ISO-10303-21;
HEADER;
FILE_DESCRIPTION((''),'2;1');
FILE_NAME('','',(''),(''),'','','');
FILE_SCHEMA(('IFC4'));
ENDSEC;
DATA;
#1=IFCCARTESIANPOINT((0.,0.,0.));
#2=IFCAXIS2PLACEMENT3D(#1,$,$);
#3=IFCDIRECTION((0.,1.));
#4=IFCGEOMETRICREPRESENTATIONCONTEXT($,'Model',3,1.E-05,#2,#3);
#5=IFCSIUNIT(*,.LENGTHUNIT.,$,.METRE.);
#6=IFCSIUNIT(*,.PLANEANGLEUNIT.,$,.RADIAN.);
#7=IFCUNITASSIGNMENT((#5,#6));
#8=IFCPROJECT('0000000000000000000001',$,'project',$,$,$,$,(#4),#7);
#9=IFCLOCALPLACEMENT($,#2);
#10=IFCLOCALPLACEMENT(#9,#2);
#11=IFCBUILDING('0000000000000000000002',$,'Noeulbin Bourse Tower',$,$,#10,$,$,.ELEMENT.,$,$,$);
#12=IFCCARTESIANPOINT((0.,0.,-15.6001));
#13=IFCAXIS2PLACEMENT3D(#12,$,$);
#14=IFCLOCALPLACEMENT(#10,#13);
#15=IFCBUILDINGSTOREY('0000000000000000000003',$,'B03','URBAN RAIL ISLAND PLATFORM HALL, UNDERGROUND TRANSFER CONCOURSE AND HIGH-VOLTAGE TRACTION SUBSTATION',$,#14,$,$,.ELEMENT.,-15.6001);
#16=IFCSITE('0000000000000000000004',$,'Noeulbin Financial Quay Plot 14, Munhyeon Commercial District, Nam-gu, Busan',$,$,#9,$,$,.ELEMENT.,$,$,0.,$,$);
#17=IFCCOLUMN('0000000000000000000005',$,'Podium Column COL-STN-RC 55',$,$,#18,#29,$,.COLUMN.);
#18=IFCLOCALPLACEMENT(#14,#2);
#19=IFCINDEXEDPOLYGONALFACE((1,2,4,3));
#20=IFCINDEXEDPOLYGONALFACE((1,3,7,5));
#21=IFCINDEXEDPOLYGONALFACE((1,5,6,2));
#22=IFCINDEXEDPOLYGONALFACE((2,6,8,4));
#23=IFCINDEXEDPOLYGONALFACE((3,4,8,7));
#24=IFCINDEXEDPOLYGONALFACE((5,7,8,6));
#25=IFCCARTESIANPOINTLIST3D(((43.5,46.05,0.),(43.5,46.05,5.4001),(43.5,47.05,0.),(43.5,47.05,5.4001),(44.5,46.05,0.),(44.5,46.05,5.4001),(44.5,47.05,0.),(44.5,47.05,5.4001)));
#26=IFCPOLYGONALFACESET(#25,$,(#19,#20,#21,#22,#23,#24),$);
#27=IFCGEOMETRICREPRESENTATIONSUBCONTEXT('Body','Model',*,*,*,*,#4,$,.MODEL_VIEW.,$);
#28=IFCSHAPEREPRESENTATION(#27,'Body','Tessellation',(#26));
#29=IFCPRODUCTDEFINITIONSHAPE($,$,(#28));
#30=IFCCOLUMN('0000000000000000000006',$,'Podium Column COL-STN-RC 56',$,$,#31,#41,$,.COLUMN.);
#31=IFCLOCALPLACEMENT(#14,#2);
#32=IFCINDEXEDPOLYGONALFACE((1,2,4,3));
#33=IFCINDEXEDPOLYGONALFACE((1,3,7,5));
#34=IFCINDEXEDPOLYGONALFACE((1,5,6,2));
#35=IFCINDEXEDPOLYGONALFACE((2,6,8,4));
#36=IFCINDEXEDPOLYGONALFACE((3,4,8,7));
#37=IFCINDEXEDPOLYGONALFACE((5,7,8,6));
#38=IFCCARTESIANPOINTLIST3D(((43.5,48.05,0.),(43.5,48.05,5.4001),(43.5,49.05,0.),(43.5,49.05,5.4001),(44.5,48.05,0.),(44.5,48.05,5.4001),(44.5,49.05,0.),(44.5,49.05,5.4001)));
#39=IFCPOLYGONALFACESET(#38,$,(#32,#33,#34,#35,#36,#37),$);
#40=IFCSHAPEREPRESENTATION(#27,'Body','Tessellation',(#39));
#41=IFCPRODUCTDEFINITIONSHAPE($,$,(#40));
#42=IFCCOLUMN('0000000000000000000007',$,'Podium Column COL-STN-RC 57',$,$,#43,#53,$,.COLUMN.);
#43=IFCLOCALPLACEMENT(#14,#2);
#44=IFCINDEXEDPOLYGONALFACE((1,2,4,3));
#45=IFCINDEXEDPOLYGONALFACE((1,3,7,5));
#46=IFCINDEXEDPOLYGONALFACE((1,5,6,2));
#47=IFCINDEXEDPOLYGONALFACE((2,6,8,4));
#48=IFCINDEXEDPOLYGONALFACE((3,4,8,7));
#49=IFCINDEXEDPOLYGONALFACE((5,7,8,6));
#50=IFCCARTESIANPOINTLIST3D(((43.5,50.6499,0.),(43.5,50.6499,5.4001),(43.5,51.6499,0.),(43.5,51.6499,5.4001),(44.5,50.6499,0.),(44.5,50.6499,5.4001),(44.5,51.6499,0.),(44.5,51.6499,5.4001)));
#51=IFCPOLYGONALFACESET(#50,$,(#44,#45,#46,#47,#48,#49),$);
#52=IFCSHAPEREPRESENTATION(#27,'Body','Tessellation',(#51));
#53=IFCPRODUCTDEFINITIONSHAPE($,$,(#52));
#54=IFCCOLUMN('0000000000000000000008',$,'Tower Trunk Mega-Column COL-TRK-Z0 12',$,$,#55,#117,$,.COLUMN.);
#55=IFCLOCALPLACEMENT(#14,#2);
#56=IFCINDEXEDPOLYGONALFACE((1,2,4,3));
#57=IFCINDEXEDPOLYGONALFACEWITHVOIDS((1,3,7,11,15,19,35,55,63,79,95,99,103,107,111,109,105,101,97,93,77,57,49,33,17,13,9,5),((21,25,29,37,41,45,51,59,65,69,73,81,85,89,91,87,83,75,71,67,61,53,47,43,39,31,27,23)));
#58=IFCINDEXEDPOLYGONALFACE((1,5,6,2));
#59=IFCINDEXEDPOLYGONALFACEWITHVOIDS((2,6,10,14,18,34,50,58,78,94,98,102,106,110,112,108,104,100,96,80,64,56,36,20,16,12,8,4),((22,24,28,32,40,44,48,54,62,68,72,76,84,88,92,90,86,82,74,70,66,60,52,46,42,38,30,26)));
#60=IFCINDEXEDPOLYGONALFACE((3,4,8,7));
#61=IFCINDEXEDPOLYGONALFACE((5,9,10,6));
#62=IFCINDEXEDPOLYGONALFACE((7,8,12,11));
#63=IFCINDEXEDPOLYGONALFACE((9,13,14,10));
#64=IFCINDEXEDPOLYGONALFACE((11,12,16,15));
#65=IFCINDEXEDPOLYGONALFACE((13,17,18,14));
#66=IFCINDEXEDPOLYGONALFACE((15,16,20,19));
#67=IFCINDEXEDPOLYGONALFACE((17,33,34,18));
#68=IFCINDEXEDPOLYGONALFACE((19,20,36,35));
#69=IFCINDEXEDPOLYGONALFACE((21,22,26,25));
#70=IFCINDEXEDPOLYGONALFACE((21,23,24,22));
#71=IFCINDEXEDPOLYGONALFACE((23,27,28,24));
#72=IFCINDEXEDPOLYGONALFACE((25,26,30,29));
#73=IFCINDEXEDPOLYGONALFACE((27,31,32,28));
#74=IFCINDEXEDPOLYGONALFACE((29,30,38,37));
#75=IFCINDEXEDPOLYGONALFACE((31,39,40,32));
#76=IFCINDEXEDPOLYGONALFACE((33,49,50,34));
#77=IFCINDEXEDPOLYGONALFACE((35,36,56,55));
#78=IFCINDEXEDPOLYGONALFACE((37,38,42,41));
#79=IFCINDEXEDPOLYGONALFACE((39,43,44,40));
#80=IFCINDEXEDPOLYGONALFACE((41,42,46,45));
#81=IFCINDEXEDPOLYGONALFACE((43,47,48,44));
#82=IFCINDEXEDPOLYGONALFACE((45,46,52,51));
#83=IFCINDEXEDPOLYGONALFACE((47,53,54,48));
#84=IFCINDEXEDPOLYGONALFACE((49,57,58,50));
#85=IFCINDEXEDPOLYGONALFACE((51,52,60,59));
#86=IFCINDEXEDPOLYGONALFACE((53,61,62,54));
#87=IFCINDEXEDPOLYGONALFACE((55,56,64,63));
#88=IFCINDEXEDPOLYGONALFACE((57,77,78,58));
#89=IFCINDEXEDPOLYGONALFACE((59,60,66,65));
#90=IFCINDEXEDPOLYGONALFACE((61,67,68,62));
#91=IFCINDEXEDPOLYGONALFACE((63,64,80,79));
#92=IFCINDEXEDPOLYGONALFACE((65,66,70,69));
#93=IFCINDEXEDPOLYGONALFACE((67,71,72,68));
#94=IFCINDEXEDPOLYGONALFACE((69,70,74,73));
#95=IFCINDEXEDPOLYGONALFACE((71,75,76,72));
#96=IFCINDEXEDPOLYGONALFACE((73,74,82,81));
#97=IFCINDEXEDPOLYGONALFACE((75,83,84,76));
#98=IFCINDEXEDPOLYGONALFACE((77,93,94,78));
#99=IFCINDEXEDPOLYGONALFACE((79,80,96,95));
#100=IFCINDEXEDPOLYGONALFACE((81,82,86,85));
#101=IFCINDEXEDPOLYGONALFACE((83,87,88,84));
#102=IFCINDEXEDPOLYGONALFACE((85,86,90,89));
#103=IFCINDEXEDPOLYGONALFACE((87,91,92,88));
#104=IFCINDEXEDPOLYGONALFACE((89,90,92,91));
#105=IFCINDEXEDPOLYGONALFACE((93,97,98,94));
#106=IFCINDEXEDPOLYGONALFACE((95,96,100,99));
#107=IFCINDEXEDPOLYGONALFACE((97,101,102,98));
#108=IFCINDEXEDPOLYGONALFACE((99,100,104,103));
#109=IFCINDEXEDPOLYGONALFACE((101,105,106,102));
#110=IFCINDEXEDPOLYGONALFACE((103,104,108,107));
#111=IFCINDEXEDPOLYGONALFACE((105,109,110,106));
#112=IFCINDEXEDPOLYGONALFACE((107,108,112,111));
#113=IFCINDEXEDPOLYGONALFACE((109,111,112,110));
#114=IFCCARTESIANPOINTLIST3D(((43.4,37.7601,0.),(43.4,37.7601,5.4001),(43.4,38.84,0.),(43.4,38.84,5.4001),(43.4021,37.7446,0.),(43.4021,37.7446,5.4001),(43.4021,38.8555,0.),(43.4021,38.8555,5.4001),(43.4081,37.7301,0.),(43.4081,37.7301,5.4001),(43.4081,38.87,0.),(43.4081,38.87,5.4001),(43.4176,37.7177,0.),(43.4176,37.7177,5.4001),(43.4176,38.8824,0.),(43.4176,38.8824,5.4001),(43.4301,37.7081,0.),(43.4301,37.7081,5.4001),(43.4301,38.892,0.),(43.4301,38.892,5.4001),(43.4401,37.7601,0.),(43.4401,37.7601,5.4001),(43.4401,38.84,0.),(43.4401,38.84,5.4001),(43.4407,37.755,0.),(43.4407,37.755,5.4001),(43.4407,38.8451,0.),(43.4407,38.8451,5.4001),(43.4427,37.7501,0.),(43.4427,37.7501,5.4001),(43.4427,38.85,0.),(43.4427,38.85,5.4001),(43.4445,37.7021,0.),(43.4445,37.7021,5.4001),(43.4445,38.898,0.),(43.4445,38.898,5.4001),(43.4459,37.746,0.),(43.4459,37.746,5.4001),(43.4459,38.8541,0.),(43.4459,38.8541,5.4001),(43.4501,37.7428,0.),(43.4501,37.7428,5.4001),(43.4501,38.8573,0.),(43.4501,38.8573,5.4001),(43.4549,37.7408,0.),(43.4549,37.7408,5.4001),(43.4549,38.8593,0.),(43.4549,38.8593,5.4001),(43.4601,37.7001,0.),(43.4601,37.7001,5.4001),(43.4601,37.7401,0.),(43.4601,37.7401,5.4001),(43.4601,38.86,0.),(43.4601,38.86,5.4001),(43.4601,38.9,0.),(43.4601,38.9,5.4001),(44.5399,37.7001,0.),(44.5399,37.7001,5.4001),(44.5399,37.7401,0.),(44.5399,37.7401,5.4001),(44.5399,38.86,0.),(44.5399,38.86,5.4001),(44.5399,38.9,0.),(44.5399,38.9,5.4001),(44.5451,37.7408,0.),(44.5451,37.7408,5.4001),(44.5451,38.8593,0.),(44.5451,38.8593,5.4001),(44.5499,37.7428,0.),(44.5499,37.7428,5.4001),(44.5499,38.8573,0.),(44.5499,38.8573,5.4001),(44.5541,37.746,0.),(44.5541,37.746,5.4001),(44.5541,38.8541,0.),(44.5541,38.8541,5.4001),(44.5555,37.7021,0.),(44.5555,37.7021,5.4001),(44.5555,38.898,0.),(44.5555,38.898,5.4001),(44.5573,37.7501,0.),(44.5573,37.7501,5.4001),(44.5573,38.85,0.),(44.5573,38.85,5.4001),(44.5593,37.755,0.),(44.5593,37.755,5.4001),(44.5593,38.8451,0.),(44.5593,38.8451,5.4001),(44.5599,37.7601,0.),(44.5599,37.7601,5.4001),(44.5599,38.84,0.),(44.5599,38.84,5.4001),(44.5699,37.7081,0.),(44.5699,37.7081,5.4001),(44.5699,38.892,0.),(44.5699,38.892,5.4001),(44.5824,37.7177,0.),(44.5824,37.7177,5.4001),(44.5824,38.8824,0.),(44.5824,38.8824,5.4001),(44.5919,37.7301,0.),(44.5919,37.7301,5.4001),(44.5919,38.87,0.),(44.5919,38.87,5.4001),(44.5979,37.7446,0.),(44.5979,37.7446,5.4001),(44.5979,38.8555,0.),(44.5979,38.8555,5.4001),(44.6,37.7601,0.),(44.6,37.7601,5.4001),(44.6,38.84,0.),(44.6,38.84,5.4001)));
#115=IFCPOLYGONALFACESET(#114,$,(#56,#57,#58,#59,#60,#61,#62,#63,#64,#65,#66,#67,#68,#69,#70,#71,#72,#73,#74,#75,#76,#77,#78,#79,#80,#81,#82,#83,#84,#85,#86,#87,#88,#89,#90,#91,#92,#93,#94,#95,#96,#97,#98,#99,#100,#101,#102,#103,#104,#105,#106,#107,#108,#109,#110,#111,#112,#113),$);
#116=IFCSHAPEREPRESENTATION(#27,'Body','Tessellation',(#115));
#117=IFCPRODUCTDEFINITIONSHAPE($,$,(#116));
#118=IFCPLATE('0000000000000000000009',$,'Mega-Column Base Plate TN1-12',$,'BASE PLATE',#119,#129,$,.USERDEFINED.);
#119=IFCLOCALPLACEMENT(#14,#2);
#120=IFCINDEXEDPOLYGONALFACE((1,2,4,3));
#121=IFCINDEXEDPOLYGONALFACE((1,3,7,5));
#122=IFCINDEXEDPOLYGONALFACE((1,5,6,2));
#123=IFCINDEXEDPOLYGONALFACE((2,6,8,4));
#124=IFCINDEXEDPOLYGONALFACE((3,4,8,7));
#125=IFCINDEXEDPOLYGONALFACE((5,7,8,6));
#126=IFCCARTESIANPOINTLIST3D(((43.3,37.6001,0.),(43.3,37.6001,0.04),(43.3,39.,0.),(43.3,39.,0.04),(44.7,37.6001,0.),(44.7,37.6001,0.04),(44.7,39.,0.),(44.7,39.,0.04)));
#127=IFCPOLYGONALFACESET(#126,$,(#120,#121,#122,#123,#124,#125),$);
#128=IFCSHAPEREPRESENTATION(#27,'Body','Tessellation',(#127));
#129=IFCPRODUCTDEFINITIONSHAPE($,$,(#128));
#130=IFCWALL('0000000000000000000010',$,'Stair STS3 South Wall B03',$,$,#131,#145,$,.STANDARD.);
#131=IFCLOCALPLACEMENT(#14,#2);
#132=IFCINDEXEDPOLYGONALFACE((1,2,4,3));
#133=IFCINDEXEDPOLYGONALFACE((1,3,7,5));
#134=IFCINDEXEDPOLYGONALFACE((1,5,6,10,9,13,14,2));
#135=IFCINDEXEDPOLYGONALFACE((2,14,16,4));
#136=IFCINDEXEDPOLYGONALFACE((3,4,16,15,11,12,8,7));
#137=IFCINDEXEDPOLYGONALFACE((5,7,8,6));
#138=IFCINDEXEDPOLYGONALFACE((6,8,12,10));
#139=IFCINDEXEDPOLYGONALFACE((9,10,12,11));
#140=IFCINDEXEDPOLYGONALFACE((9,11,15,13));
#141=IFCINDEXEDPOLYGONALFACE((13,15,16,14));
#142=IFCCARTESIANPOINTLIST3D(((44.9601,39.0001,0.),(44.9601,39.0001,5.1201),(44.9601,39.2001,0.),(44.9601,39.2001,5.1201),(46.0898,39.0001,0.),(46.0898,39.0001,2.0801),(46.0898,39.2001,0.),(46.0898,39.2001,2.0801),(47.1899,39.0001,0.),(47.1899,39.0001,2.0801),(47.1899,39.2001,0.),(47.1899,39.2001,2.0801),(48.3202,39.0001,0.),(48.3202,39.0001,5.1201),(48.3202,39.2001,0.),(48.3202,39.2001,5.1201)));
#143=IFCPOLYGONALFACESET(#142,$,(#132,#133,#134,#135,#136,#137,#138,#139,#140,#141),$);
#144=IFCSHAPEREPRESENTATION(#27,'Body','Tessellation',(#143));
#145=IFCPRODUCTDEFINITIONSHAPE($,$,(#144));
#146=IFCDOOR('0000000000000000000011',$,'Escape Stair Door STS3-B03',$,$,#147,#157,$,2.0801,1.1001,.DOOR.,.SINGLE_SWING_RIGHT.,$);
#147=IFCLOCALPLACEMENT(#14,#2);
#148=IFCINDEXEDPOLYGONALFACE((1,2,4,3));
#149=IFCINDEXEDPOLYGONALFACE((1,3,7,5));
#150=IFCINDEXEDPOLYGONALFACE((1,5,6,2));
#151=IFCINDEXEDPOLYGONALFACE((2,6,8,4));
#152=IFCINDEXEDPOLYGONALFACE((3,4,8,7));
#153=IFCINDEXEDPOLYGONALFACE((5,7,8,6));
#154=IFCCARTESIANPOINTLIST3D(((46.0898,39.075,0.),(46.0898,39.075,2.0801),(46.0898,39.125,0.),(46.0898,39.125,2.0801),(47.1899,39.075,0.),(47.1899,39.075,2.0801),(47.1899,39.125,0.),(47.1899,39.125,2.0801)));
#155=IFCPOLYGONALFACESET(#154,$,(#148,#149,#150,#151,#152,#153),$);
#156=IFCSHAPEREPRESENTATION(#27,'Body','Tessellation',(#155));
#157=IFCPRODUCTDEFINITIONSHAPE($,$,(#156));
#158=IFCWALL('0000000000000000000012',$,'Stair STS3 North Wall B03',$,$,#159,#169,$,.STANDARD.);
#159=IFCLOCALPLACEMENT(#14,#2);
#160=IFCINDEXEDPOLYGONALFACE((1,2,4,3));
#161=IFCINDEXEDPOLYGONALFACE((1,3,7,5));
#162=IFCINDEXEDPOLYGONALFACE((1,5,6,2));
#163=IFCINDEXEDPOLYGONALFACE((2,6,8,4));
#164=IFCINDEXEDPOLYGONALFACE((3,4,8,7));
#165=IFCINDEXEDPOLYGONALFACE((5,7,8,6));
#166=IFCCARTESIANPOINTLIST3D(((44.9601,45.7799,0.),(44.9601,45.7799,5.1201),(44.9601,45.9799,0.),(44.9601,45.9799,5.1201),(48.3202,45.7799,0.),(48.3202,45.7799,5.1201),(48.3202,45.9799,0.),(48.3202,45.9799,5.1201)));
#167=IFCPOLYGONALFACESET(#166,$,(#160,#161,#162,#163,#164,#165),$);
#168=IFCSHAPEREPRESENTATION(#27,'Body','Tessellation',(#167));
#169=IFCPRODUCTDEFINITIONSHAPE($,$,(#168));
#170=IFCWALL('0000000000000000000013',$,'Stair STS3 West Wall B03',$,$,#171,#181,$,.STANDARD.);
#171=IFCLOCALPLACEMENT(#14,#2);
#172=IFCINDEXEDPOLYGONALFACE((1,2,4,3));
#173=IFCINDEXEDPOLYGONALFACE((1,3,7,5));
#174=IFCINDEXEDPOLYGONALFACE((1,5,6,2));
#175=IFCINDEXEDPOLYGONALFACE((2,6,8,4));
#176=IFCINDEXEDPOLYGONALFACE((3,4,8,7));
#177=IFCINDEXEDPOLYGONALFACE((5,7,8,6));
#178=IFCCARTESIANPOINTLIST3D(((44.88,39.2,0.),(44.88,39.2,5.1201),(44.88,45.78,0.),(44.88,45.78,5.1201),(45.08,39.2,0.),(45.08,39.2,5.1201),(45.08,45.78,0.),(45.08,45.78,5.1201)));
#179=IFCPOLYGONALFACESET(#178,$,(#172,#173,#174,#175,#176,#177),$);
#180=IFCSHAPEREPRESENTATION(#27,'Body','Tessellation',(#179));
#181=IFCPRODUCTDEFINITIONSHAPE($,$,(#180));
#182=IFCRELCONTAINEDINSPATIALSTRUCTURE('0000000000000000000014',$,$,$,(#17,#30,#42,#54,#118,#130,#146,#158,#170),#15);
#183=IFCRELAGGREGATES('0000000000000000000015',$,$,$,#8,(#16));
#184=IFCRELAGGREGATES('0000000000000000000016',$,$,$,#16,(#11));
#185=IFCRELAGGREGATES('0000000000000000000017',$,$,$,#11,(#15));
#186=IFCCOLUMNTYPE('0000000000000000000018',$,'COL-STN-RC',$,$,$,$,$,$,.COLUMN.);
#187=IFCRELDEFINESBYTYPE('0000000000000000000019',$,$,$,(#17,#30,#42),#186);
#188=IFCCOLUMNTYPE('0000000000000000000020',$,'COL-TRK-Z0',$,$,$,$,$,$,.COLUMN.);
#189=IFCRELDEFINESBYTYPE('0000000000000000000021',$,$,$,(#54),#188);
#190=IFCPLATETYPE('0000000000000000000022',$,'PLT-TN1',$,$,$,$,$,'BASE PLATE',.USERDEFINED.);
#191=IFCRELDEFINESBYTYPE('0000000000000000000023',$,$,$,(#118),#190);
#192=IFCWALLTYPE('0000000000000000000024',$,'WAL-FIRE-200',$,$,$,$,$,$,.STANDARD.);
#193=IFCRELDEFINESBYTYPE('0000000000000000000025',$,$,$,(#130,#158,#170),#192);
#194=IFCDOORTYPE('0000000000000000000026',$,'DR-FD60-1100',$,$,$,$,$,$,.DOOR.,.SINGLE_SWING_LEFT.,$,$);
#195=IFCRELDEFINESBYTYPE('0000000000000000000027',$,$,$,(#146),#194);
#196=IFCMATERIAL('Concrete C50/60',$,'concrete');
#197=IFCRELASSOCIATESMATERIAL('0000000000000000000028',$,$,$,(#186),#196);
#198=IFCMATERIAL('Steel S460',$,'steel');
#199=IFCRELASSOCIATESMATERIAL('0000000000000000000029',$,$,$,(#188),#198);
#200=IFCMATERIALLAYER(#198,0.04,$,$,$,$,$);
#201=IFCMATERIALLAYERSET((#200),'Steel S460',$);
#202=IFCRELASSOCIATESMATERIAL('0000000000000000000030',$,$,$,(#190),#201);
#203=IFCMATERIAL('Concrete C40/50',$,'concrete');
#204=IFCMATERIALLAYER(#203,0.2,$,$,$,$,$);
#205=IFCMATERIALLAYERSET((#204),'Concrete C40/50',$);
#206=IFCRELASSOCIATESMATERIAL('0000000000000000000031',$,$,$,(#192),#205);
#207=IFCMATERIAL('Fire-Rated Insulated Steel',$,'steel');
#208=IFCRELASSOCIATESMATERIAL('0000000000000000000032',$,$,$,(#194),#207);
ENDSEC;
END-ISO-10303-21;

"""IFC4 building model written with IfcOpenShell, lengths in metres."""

from ifc_helpers import new_model, si_unit, direction, frame, frame_2d, origin, origin_2d, place, context, subcontext, project, spatial, rectangle, hollow_rectangle, extrude, material, layer, layer_set, material_profile, profile_set, type_object, element, fill, save


model = new_model("IFC4")

# Units and contexts
model_context = context("Model", 3, precision=1e-05, world=origin(), true_north=direction((0.0, 1.0)))
body_context = subcontext(model_context, "Body", "Model", "MODEL_VIEW")
ifc_project = project(units=[si_unit("LENGTHUNIT", "METRE"), si_unit("PLANEANGLEUNIT", "RADIAN")], contexts=[model_context])

# Site, building, storey
site_placement = place(None, origin())
site = spatial("IfcSite", under=ifc_project, at=site_placement, Name="Noeulbin Financial Quay Plot 14, Munhyeon Commercial District, Nam-gu, Busan", CompositionType="ELEMENT", RefElevation=0.0)
building_placement = place(site_placement, origin())
building = spatial("IfcBuilding", under=site, at=building_placement, Name="Noeulbin Bourse Tower", CompositionType="ELEMENT")
storey_placement = place(building_placement, frame((0.0, 0.0, -15.6001)))
storey = spatial("IfcBuildingStorey", under=building, at=storey_placement, Name="B03", Description="URBAN RAIL ISLAND PLATFORM HALL, UNDERGROUND TRANSFER CONCOURSE AND HIGH-VOLTAGE TRACTION SUBSTATION", CompositionType="ELEMENT", Elevation=-15.6001)

# Shared definitions
ifc_material_1 = material(Name="Concrete C50/60", Category="concrete")

# Columns
ifc_material_profile_1 = material_profile(ifc_material_1, rectangle(XDim=1.0, YDim=1.0, at=origin_2d()), Name="RC-COL-1000x1000", Category="LoadBearing")
ifc_profile_set_1 = profile_set([ifc_material_profile_1], Name="Concrete C50/60")
column_type_1 = type_object("IfcColumnType", Name="COL-STN-RC", PredefinedType="COLUMN", material=ifc_profile_set_1)
for number, where, z_axis, x_axis, name in (
    (1, (44.0, 46.55, 0.0), (0.0, 0.0, 1.0), (1.0, 0.0, 0.0), "Podium Column COL-STN-RC 55"),
    (2, (44.0, 48.55, 0.0), (0.0, 0.0, 1.0), (1.0, 0.0, 0.0), "Podium Column COL-STN-RC 56"),
    (3, (44.0, 51.1499, 0.0), (0.0, 0.0, 1.0), (1.0, 0.0, 0.0), "Podium Column COL-STN-RC 57"),
):
    element("IfcColumn", number, at=place(storey_placement, frame(where, z_axis=z_axis, x_axis=x_axis)), inside=storey, type_object=column_type_1, Name=name, PredefinedType="COLUMN", context=body_context, shape_type="SweptSolid", body=[
        extrude(rectangle(XDim=1.0, YDim=1.0, at=origin_2d()), origin(), (0.0, 0.0, 1.0), 5.4001),
    ])
ifc_material_2 = material(Name="Steel S460", Category="steel")
ifc_material_profile_2 = material_profile(ifc_material_2, hollow_rectangle(XDim=1.2, YDim=1.2, WallThickness=0.04, InnerFilletRadius=0.02, OuterFilletRadius=0.0601, at=origin_2d()), Name="BOX-1200x1200x40", Category="LoadBearing")
ifc_profile_set_2 = profile_set([ifc_material_profile_2], Name="Steel S460")
column_type_2 = type_object("IfcColumnType", Name="COL-TRK-Z0", PredefinedType="COLUMN", material=ifc_profile_set_2)
column_placement = place(storey_placement, frame((44.0, 38.3, 0.0), z_axis=(0.0, 0.0, 1.0), x_axis=(1.0, 0.0, 0.0)))
element("IfcColumn", 4, at=column_placement, inside=storey, type_object=column_type_2, Name="Tower Trunk Mega-Column COL-TRK-Z0 12", PredefinedType="COLUMN", context=body_context, shape_type="SweptSolid", body=[
    extrude(hollow_rectangle(XDim=1.2, YDim=1.2, WallThickness=0.04, InnerFilletRadius=0.02, OuterFilletRadius=0.0601, at=origin_2d()), origin(), (0.0, 0.0, 1.0), 5.4001),
])

# Plate
ifc_layer_1 = layer(ifc_material_2, 0.04)
ifc_layer_set_1 = layer_set([ifc_layer_1], Name="Steel S460")
plate_type = type_object("IfcPlateType", Name="PLT-TN1", ElementType="BASE PLATE", PredefinedType="USERDEFINED", material=ifc_layer_set_1)
plate_placement = place(storey_placement, frame((44.0, 38.3, 0.0), z_axis=(0.0, 0.0, 1.0), x_axis=(1.0, 0.0, 0.0)))
element("IfcPlate", 5, at=plate_placement, inside=storey, type_object=plate_type, Name="Mega-Column Base Plate TN1-12", ObjectType="BASE PLATE", PredefinedType="USERDEFINED", context=body_context, shape_type="SweptSolid", body=[
    extrude(rectangle(XDim=1.3999, YDim=1.3999, at=origin_2d()), origin(), (0.0, 0.0, 1.0), 0.04),
])

# Wall, opening, door
ifc_material_3 = material(Name="Concrete C40/50", Category="concrete")
ifc_layer_2 = layer(ifc_material_3, 0.2)
ifc_layer_set_2 = layer_set([ifc_layer_2], Name="Concrete C40/50")
wall_type = type_object("IfcWallType", Name="WAL-FIRE-200", PredefinedType="STANDARD", material=ifc_layer_set_2)
wall_1_placement = place(storey_placement, frame((44.96, 39.1001, 0.0), z_axis=(0.0, 0.0, 1.0), x_axis=(1.0, 0.0, 0.0)))
wall_1 = element("IfcWall", 6, at=wall_1_placement, inside=storey, type_object=wall_type, Name="Stair STS3 South Wall B03", PredefinedType="STANDARD", context=body_context, shape_type="SweptSolid", body=[
    extrude(rectangle(XDim=3.3601, YDim=0.2, at=frame_2d((1.6802, 0.0))), origin(), (0.0, 0.0, 1.0), 5.1201),
])
opening_placement = place(wall_1_placement, frame((1.1299, 0.0, 0.0)))
opening = element("IfcOpeningElement", 7, at=opening_placement, cuts=wall_1, PredefinedType="OPENING", context=body_context, shape_type="SweptSolid", body=[
    extrude(rectangle(XDim=1.1001, YDim=2.0801, at=frame_2d((0.55, 1.04))), frame((0.0, 0.1099, 0.0), z_axis=(0.0, -1.0, 0.0), x_axis=(1.0, 0.0, 0.0)), (0.0, 0.0, 1.0), 0.22),
])
ifc_material_4 = material(Name="Fire-Rated Insulated Steel", Category="steel")
door_type = type_object("IfcDoorType", Name="DR-FD60-1100", OperationType="SINGLE_SWING_LEFT", PredefinedType="DOOR", material=ifc_material_4)
door_placement = place(opening_placement, origin())
door = element("IfcDoor", 8, at=door_placement, inside=storey, type_object=door_type, Name="Escape Stair Door STS3-B03", OperationType="SINGLE_SWING_RIGHT", OverallHeight=2.0801, OverallWidth=1.1001, PredefinedType="DOOR", context=body_context, shape_type="SweptSolid", body=[
    extrude(rectangle(XDim=1.1001, YDim=2.0801, at=frame_2d((0.55, 1.04))), frame((0.0, 0.0249, 0.0), z_axis=(0.0, -1.0, 0.0), x_axis=(1.0, 0.0, 0.0)), (0.0, 0.0, 1.0), 0.05),
])
fill(opening, door)

# Walls
wall_2_placement = place(storey_placement, frame((44.96, 45.8799, 0.0), z_axis=(0.0, 0.0, 1.0), x_axis=(1.0, 0.0, 0.0)))
element("IfcWall", 9, at=wall_2_placement, inside=storey, type_object=wall_type, Name="Stair STS3 North Wall B03", PredefinedType="STANDARD", context=body_context, shape_type="SweptSolid", body=[
    extrude(rectangle(XDim=3.3601, YDim=0.2, at=frame_2d((1.6802, 0.0))), origin(), (0.0, 0.0, 1.0), 5.1201),
])
wall_3_placement = place(storey_placement, frame((44.98, 39.2, 0.0), z_axis=(0.0, 0.0, 1.0), x_axis=(0.0, 1.0, 0.0)))
element("IfcWall", 10, at=wall_3_placement, inside=storey, type_object=wall_type, Name="Stair STS3 West Wall B03", PredefinedType="STANDARD", context=body_context, shape_type="SweptSolid", body=[
    extrude(rectangle(XDim=6.5801, YDim=0.2, at=frame_2d((3.29, 0.0))), origin(), (0.0, 0.0, 1.0), 5.1201),
])

save(model, "model.ifc")
